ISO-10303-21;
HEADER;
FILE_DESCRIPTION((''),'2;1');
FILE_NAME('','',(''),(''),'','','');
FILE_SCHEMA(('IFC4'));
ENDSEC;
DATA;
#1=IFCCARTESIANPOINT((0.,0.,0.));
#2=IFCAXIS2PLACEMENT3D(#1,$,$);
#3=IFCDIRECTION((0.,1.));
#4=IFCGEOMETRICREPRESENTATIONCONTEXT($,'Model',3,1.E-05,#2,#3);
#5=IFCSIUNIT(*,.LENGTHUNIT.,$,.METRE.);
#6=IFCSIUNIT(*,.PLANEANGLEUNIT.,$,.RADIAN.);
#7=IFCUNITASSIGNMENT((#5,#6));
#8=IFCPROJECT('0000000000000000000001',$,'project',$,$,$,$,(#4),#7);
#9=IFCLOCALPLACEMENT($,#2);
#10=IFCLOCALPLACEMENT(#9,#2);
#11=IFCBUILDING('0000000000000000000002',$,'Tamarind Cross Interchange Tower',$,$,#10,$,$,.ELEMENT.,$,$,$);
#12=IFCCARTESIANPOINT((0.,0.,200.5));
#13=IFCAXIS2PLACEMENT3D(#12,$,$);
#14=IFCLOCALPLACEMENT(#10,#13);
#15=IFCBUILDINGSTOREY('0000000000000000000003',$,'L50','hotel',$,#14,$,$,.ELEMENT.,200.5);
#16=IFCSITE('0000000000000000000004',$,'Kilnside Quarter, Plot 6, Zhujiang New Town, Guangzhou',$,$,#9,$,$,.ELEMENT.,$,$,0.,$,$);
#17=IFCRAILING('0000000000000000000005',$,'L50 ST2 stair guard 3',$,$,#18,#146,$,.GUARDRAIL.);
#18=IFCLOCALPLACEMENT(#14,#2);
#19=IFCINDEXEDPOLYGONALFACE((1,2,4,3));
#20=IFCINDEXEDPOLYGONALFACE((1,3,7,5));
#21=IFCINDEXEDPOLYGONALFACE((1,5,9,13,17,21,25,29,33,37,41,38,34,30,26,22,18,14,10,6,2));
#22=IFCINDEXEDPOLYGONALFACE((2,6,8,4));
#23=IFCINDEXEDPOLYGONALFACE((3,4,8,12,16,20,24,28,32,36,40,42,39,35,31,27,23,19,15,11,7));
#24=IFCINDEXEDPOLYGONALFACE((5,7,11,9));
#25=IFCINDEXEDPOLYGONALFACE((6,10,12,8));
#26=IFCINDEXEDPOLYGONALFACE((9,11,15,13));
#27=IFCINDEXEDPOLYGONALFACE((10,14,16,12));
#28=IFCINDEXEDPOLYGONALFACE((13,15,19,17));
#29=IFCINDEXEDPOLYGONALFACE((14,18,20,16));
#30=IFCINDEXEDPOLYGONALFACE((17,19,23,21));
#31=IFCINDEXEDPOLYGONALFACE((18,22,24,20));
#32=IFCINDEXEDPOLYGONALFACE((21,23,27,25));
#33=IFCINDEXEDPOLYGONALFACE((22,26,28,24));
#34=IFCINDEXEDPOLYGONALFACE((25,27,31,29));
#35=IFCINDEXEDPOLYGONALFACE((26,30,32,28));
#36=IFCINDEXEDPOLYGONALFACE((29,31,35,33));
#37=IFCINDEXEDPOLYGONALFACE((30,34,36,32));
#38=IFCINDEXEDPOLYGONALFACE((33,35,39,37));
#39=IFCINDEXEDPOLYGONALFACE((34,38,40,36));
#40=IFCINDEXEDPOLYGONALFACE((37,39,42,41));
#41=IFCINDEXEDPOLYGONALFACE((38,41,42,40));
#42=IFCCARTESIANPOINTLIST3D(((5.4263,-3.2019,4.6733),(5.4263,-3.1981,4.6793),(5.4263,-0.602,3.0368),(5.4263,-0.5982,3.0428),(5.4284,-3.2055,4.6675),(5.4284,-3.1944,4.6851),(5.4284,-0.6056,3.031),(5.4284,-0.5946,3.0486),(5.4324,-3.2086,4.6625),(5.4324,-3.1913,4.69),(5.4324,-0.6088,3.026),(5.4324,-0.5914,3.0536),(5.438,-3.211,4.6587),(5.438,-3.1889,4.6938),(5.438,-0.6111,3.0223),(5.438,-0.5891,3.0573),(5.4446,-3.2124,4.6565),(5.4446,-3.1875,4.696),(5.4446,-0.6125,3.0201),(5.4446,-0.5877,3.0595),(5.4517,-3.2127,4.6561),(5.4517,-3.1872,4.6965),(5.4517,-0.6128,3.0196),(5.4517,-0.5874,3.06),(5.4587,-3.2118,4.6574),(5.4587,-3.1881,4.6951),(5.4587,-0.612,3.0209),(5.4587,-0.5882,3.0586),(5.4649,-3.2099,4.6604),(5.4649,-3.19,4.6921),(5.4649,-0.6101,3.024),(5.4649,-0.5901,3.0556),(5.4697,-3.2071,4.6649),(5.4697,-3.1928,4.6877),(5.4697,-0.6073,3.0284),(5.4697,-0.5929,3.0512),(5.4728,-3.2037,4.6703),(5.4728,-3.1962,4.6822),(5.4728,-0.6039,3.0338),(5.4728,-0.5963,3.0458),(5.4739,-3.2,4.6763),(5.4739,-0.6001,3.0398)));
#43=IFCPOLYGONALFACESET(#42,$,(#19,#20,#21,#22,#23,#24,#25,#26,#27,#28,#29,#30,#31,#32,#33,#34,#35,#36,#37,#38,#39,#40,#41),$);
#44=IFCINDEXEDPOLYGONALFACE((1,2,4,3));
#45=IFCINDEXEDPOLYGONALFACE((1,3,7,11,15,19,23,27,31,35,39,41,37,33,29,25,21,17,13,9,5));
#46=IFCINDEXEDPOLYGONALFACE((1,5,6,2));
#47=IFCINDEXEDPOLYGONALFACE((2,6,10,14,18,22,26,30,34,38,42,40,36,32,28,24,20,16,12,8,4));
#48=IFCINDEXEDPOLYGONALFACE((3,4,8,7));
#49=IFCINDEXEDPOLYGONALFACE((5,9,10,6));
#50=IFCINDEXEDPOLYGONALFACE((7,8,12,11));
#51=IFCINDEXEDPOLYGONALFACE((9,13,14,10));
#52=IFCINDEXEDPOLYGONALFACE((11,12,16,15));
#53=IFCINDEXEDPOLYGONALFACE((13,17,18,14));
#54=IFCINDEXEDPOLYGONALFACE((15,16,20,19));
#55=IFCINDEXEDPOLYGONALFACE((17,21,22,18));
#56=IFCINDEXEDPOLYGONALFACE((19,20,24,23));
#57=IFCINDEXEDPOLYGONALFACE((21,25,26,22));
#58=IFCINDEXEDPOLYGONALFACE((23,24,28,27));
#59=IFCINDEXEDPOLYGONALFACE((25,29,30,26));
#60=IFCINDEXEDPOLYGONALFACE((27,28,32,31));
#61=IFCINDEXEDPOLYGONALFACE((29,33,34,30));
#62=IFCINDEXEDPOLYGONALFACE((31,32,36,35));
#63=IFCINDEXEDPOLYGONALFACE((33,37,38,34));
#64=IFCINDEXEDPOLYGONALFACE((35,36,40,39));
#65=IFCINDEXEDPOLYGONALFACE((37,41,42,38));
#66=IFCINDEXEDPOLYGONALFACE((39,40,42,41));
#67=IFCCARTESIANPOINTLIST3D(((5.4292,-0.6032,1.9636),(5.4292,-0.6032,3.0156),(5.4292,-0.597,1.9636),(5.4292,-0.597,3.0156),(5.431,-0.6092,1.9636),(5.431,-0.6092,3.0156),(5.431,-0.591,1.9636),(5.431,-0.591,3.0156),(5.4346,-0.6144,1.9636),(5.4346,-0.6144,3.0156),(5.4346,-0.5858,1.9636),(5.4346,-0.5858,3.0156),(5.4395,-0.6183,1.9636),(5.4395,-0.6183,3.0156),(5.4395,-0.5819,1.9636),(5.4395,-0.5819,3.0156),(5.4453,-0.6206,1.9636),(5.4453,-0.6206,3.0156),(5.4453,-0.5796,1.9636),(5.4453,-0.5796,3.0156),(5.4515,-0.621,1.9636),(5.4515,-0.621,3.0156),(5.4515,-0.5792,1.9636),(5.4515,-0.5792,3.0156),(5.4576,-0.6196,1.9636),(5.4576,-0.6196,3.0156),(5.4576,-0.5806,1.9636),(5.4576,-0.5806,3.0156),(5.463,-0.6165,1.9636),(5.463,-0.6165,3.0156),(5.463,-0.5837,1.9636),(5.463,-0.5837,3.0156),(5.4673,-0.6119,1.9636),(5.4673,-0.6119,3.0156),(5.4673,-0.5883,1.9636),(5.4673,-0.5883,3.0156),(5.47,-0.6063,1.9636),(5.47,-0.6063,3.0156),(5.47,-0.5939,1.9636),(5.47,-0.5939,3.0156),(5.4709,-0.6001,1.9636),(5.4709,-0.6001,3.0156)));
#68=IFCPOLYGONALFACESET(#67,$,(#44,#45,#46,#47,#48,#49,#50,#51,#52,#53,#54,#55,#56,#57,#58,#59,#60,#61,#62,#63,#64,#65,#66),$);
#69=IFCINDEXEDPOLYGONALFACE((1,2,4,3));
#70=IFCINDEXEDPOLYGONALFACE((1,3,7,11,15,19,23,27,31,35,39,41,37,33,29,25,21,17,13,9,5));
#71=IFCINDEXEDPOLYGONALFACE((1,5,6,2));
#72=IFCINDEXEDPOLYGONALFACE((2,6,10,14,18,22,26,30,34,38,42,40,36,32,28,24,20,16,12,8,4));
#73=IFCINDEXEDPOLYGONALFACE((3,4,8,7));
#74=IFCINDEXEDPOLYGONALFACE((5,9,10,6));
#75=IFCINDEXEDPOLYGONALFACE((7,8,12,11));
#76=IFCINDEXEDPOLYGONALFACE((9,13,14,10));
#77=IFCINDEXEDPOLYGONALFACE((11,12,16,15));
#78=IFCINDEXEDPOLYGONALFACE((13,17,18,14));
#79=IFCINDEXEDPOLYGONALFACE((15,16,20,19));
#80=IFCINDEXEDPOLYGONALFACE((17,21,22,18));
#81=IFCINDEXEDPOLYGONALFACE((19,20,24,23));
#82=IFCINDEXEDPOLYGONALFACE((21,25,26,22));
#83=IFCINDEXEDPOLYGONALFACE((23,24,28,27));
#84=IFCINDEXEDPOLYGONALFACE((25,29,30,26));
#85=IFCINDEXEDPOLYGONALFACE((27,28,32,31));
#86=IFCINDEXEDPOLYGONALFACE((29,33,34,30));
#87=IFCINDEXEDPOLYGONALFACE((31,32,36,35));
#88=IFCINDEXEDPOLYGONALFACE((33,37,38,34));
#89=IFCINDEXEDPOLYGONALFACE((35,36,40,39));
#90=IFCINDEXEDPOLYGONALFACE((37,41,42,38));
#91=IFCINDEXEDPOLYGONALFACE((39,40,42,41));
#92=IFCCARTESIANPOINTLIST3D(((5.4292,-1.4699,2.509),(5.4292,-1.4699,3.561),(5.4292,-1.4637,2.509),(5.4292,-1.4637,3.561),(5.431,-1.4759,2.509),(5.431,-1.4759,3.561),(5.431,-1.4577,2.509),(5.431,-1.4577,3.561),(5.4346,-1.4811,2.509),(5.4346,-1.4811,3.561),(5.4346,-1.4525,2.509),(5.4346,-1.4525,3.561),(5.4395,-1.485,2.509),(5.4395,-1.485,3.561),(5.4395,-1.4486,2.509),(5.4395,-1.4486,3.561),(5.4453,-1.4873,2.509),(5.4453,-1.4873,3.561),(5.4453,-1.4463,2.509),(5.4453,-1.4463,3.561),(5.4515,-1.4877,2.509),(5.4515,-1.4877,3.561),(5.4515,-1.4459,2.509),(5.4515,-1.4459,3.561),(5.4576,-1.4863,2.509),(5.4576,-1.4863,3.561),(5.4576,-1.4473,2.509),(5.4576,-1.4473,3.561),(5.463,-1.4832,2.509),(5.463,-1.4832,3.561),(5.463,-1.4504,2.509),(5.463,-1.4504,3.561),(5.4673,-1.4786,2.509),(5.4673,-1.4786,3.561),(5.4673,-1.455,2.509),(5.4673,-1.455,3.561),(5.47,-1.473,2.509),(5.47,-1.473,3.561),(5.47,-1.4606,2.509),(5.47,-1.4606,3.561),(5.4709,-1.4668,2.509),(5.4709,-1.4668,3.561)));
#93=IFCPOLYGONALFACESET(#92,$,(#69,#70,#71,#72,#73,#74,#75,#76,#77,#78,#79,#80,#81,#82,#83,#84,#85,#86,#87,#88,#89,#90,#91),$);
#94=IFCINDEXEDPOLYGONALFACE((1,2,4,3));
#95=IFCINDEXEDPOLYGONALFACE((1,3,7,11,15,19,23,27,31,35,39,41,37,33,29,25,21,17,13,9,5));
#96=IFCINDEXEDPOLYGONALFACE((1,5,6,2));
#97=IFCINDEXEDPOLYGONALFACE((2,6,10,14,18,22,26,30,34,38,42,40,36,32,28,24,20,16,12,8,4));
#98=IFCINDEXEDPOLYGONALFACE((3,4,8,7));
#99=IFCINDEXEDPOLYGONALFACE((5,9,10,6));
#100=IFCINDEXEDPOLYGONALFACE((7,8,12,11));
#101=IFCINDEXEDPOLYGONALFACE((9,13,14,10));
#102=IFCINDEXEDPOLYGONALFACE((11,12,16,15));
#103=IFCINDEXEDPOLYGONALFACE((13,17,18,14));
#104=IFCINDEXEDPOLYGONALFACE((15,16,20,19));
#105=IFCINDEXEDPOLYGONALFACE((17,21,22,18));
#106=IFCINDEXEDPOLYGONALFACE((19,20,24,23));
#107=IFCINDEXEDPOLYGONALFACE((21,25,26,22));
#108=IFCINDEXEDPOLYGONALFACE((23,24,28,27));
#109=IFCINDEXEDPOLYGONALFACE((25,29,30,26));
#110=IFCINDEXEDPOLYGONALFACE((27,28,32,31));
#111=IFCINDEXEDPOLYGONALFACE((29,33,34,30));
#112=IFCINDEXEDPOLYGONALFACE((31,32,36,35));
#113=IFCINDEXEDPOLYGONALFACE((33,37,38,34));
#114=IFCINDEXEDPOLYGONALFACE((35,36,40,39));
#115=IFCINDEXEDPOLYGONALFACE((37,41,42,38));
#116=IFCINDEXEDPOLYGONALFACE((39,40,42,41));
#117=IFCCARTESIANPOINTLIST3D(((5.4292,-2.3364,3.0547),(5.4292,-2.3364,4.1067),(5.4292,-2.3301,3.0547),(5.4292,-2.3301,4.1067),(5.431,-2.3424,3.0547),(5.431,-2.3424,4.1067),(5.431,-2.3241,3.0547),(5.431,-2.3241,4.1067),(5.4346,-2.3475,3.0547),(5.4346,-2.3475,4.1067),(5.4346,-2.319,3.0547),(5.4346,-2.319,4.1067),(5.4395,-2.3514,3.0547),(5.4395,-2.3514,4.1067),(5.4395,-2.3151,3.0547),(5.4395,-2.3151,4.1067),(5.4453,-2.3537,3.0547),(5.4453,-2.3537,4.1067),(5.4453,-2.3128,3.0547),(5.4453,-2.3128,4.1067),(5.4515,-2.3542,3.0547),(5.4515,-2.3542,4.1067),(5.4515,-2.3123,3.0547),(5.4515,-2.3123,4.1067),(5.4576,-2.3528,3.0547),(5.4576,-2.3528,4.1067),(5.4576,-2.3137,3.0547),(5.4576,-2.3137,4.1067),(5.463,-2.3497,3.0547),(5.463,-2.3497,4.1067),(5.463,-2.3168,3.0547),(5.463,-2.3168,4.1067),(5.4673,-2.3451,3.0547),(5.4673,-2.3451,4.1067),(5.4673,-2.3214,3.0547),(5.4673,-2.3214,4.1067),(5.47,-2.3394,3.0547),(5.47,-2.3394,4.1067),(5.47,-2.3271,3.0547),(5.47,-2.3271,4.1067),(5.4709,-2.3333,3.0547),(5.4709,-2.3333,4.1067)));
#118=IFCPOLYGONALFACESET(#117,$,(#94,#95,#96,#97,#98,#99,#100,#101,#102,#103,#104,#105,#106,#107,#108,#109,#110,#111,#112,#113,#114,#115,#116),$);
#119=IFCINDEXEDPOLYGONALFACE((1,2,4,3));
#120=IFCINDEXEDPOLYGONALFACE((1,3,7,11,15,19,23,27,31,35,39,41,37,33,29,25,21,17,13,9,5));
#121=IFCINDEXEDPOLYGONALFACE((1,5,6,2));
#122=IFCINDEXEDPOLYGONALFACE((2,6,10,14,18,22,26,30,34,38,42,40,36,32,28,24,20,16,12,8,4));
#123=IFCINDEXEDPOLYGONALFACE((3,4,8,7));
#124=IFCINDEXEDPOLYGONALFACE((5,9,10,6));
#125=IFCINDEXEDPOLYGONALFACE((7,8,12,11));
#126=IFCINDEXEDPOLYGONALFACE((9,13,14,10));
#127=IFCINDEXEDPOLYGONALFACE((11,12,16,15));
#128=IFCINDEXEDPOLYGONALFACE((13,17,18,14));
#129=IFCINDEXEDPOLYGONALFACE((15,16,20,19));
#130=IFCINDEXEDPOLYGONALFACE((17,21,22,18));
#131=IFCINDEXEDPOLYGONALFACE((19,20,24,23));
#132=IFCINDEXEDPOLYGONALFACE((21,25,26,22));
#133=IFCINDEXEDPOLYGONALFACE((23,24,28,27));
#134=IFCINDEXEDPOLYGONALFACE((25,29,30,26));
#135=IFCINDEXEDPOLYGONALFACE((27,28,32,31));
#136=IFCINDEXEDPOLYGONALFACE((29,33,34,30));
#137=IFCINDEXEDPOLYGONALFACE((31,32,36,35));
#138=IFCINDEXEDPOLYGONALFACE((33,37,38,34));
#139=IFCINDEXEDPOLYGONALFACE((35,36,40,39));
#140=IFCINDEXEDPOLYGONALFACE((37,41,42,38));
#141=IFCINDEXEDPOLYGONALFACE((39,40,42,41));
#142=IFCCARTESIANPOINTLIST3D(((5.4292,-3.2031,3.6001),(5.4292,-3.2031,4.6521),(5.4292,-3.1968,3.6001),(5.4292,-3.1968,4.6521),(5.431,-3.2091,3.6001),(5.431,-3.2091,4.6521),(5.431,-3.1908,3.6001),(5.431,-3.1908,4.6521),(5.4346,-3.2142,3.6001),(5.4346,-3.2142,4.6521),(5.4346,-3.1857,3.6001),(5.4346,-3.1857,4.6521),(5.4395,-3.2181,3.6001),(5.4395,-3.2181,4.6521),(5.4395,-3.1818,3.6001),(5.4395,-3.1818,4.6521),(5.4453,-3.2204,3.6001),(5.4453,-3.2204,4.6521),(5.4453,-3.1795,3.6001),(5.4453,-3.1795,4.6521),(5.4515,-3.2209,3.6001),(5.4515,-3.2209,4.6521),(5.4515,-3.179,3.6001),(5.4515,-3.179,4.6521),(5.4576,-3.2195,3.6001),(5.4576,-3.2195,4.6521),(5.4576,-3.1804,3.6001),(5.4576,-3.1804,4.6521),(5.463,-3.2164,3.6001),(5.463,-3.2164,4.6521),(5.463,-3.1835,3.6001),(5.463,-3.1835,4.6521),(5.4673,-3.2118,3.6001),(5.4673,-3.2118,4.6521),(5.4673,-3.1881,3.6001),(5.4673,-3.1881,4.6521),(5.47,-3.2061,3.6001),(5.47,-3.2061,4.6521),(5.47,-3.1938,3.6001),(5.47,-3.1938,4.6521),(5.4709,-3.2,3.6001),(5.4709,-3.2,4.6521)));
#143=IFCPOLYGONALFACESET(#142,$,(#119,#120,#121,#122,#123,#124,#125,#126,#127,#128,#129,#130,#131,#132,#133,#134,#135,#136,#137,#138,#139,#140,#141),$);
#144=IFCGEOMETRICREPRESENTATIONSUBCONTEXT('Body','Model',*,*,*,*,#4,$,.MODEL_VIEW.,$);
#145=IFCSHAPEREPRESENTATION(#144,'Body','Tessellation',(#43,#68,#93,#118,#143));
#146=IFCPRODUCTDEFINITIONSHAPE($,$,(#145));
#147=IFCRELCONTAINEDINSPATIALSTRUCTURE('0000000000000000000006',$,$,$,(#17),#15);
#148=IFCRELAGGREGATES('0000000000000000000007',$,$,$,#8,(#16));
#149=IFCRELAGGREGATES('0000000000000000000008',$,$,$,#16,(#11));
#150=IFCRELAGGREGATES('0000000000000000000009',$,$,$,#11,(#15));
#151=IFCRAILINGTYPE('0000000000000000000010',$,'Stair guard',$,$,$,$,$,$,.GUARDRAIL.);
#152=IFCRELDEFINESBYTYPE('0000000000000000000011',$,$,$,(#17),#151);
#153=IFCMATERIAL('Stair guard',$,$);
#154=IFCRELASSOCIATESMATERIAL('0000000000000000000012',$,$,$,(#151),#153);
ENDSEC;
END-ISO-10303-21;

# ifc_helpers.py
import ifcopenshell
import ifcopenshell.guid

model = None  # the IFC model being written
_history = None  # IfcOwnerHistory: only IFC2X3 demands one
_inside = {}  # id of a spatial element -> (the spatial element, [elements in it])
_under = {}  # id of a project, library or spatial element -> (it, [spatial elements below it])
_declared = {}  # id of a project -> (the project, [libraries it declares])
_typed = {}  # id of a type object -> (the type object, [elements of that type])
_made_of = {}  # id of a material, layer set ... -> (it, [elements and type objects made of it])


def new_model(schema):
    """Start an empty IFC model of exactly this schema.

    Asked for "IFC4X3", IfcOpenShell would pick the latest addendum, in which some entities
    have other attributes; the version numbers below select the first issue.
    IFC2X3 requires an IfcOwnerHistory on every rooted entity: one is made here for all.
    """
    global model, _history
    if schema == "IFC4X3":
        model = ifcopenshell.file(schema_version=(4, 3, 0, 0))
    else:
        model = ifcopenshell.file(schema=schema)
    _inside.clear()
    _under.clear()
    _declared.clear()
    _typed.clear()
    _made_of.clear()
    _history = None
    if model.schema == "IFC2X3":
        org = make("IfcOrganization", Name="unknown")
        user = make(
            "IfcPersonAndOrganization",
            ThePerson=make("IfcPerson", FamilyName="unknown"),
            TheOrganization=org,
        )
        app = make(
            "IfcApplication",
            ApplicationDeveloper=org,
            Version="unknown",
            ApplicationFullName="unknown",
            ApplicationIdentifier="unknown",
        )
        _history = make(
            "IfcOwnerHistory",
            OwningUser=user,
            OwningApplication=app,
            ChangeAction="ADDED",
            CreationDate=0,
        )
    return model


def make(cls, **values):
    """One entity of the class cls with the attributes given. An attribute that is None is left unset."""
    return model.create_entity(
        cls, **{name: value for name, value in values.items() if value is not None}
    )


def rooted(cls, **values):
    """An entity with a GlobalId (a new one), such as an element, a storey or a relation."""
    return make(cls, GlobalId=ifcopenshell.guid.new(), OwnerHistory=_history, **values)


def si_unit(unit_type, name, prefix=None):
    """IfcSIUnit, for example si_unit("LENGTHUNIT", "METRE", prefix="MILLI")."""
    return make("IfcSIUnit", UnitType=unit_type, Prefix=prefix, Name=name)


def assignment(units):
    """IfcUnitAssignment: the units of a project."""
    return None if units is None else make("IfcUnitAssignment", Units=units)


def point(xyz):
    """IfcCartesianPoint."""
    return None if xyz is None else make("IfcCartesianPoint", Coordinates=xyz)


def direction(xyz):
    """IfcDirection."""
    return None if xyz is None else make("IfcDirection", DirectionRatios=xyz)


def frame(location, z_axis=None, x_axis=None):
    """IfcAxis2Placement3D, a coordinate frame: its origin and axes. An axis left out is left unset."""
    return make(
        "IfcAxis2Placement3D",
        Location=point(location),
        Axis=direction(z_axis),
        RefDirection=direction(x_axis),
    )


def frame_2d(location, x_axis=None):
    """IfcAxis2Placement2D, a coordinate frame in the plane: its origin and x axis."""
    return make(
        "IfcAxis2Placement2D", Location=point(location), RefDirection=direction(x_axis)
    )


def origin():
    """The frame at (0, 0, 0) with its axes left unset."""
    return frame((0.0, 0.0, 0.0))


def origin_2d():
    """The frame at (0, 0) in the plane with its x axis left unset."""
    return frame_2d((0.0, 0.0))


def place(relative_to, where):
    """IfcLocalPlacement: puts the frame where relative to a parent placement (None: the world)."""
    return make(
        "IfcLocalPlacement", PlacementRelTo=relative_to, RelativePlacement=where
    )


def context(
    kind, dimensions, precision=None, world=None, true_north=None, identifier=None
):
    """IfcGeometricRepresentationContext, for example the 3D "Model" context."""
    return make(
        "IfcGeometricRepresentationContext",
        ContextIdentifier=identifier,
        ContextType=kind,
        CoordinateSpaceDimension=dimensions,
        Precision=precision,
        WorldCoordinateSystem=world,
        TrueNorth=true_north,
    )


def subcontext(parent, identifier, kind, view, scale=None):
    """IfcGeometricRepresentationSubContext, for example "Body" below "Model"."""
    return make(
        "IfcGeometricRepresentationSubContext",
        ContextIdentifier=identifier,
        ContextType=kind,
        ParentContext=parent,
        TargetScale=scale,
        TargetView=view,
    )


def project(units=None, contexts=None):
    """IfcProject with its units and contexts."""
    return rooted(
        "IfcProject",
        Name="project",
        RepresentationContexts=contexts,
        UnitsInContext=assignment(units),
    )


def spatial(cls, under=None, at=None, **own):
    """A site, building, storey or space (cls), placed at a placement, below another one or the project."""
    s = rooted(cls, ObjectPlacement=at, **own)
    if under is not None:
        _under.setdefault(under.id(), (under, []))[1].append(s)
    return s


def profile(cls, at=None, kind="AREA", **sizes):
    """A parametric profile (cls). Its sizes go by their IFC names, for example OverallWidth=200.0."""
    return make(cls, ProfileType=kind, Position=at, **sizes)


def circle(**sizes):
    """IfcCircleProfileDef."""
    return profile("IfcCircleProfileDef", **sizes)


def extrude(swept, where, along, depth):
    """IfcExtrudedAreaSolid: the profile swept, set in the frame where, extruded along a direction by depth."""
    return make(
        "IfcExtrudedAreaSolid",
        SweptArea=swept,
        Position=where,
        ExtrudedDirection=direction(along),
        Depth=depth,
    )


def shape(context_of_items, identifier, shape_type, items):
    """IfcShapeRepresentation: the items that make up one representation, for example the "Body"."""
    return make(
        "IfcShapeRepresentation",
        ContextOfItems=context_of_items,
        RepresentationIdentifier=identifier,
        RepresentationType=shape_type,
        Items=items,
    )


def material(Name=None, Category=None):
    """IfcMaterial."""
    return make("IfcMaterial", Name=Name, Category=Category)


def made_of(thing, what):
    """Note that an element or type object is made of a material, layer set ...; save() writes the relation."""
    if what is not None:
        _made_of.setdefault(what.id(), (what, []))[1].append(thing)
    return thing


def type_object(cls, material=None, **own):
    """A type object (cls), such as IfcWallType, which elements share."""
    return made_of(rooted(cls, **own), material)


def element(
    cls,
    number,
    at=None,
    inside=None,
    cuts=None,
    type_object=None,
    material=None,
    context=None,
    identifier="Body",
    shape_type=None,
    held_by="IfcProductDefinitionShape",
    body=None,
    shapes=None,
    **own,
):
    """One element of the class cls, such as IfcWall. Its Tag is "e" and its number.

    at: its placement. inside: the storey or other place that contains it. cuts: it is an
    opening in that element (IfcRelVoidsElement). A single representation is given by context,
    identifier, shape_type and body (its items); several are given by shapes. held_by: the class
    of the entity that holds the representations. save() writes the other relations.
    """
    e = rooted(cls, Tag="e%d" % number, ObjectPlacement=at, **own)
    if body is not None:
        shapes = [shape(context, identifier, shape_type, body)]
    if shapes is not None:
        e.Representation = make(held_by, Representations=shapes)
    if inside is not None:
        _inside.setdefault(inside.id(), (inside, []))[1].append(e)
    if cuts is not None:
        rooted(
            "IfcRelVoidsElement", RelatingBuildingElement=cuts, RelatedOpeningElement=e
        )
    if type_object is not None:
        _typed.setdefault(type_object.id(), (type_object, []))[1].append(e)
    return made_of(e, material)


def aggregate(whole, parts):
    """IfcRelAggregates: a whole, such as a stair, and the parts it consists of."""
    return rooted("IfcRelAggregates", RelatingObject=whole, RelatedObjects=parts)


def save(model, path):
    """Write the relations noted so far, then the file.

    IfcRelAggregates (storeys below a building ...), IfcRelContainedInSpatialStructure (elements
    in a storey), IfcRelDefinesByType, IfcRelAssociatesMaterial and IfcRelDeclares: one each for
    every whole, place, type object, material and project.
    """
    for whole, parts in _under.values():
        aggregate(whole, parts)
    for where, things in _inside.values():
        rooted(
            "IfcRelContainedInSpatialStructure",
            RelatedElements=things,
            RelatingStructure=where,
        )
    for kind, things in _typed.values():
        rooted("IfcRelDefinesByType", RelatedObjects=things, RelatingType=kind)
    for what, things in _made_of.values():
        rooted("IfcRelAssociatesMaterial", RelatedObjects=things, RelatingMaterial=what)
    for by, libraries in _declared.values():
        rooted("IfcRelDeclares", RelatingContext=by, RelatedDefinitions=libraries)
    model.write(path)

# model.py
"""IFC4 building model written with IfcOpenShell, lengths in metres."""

from ifc_helpers import new_model, si_unit, direction, frame, origin, origin_2d, place, context, subcontext, project, spatial, circle, extrude, material, type_object, element, save


model = new_model("IFC4")

# Units and contexts
model_context = context("Model", 3, precision=1e-05, world=origin(), true_north=direction((0.0, 1.0)))
body_context = subcontext(model_context, "Body", "Model", "MODEL_VIEW")
ifc_project = project(units=[si_unit("LENGTHUNIT", "METRE"), si_unit("PLANEANGLEUNIT", "RADIAN")], contexts=[model_context])

# Site, building, storey
site_placement = place(None, origin())
site = spatial("IfcSite", under=ifc_project, at=site_placement, Name="Kilnside Quarter, Plot 6, Zhujiang New Town, Guangzhou", CompositionType="ELEMENT", RefElevation=0.0)
building_placement = place(site_placement, origin())
building = spatial("IfcBuilding", under=site, at=building_placement, Name="Tamarind Cross Interchange Tower", CompositionType="ELEMENT")
storey_placement = place(building_placement, frame((0.0, 0.0, 200.5)))
storey = spatial("IfcBuildingStorey", under=building, at=storey_placement, Name="L50", Description="hotel", CompositionType="ELEMENT", Elevation=200.5)

# Railing
ifc_material_1 = material(Name="Stair guard")
railing_type_1 = type_object("IfcRailingType", Name="Stair guard", PredefinedType="GUARDRAIL", material=ifc_material_1)
railing_1_placement = place(storey_placement, frame((5.45, -0.6001, 1.9636)))
element("IfcRailing", 1, at=railing_1_placement, inside=storey, type_object=railing_type_1, Name="L50 ST2 stair guard 3", PredefinedType="GUARDRAIL", context=body_context, shape_type="SweptSolid", body=[
    extrude(circle(Radius=0.0239, at=origin_2d()), frame((0.0, 0.0, 1.0762), z_axis=(0.0, -0.846302, 0.532704), x_axis=(1.0, 0.0, 0.0)), (0.0, 0.0, 1.0), 3.072),
    extrude(circle(Radius=0.021, at=origin_2d()), origin(), (0.0, 0.0, 1.0), 1.052),
    extrude(circle(Radius=0.021, at=origin_2d()), frame((0.0, -0.8667, 0.5454)), (0.0, 0.0, 1.0), 1.052),
    extrude(circle(Radius=0.021, at=origin_2d()), frame((0.0, -1.7332, 1.0911)), (0.0, 0.0, 1.0), 1.052),
    extrude(circle(Radius=0.021, at=origin_2d()), frame((0.0, -2.5999, 1.6365)), (0.0, 0.0, 1.0), 1.052),
])

save(model, "model.ifc")
